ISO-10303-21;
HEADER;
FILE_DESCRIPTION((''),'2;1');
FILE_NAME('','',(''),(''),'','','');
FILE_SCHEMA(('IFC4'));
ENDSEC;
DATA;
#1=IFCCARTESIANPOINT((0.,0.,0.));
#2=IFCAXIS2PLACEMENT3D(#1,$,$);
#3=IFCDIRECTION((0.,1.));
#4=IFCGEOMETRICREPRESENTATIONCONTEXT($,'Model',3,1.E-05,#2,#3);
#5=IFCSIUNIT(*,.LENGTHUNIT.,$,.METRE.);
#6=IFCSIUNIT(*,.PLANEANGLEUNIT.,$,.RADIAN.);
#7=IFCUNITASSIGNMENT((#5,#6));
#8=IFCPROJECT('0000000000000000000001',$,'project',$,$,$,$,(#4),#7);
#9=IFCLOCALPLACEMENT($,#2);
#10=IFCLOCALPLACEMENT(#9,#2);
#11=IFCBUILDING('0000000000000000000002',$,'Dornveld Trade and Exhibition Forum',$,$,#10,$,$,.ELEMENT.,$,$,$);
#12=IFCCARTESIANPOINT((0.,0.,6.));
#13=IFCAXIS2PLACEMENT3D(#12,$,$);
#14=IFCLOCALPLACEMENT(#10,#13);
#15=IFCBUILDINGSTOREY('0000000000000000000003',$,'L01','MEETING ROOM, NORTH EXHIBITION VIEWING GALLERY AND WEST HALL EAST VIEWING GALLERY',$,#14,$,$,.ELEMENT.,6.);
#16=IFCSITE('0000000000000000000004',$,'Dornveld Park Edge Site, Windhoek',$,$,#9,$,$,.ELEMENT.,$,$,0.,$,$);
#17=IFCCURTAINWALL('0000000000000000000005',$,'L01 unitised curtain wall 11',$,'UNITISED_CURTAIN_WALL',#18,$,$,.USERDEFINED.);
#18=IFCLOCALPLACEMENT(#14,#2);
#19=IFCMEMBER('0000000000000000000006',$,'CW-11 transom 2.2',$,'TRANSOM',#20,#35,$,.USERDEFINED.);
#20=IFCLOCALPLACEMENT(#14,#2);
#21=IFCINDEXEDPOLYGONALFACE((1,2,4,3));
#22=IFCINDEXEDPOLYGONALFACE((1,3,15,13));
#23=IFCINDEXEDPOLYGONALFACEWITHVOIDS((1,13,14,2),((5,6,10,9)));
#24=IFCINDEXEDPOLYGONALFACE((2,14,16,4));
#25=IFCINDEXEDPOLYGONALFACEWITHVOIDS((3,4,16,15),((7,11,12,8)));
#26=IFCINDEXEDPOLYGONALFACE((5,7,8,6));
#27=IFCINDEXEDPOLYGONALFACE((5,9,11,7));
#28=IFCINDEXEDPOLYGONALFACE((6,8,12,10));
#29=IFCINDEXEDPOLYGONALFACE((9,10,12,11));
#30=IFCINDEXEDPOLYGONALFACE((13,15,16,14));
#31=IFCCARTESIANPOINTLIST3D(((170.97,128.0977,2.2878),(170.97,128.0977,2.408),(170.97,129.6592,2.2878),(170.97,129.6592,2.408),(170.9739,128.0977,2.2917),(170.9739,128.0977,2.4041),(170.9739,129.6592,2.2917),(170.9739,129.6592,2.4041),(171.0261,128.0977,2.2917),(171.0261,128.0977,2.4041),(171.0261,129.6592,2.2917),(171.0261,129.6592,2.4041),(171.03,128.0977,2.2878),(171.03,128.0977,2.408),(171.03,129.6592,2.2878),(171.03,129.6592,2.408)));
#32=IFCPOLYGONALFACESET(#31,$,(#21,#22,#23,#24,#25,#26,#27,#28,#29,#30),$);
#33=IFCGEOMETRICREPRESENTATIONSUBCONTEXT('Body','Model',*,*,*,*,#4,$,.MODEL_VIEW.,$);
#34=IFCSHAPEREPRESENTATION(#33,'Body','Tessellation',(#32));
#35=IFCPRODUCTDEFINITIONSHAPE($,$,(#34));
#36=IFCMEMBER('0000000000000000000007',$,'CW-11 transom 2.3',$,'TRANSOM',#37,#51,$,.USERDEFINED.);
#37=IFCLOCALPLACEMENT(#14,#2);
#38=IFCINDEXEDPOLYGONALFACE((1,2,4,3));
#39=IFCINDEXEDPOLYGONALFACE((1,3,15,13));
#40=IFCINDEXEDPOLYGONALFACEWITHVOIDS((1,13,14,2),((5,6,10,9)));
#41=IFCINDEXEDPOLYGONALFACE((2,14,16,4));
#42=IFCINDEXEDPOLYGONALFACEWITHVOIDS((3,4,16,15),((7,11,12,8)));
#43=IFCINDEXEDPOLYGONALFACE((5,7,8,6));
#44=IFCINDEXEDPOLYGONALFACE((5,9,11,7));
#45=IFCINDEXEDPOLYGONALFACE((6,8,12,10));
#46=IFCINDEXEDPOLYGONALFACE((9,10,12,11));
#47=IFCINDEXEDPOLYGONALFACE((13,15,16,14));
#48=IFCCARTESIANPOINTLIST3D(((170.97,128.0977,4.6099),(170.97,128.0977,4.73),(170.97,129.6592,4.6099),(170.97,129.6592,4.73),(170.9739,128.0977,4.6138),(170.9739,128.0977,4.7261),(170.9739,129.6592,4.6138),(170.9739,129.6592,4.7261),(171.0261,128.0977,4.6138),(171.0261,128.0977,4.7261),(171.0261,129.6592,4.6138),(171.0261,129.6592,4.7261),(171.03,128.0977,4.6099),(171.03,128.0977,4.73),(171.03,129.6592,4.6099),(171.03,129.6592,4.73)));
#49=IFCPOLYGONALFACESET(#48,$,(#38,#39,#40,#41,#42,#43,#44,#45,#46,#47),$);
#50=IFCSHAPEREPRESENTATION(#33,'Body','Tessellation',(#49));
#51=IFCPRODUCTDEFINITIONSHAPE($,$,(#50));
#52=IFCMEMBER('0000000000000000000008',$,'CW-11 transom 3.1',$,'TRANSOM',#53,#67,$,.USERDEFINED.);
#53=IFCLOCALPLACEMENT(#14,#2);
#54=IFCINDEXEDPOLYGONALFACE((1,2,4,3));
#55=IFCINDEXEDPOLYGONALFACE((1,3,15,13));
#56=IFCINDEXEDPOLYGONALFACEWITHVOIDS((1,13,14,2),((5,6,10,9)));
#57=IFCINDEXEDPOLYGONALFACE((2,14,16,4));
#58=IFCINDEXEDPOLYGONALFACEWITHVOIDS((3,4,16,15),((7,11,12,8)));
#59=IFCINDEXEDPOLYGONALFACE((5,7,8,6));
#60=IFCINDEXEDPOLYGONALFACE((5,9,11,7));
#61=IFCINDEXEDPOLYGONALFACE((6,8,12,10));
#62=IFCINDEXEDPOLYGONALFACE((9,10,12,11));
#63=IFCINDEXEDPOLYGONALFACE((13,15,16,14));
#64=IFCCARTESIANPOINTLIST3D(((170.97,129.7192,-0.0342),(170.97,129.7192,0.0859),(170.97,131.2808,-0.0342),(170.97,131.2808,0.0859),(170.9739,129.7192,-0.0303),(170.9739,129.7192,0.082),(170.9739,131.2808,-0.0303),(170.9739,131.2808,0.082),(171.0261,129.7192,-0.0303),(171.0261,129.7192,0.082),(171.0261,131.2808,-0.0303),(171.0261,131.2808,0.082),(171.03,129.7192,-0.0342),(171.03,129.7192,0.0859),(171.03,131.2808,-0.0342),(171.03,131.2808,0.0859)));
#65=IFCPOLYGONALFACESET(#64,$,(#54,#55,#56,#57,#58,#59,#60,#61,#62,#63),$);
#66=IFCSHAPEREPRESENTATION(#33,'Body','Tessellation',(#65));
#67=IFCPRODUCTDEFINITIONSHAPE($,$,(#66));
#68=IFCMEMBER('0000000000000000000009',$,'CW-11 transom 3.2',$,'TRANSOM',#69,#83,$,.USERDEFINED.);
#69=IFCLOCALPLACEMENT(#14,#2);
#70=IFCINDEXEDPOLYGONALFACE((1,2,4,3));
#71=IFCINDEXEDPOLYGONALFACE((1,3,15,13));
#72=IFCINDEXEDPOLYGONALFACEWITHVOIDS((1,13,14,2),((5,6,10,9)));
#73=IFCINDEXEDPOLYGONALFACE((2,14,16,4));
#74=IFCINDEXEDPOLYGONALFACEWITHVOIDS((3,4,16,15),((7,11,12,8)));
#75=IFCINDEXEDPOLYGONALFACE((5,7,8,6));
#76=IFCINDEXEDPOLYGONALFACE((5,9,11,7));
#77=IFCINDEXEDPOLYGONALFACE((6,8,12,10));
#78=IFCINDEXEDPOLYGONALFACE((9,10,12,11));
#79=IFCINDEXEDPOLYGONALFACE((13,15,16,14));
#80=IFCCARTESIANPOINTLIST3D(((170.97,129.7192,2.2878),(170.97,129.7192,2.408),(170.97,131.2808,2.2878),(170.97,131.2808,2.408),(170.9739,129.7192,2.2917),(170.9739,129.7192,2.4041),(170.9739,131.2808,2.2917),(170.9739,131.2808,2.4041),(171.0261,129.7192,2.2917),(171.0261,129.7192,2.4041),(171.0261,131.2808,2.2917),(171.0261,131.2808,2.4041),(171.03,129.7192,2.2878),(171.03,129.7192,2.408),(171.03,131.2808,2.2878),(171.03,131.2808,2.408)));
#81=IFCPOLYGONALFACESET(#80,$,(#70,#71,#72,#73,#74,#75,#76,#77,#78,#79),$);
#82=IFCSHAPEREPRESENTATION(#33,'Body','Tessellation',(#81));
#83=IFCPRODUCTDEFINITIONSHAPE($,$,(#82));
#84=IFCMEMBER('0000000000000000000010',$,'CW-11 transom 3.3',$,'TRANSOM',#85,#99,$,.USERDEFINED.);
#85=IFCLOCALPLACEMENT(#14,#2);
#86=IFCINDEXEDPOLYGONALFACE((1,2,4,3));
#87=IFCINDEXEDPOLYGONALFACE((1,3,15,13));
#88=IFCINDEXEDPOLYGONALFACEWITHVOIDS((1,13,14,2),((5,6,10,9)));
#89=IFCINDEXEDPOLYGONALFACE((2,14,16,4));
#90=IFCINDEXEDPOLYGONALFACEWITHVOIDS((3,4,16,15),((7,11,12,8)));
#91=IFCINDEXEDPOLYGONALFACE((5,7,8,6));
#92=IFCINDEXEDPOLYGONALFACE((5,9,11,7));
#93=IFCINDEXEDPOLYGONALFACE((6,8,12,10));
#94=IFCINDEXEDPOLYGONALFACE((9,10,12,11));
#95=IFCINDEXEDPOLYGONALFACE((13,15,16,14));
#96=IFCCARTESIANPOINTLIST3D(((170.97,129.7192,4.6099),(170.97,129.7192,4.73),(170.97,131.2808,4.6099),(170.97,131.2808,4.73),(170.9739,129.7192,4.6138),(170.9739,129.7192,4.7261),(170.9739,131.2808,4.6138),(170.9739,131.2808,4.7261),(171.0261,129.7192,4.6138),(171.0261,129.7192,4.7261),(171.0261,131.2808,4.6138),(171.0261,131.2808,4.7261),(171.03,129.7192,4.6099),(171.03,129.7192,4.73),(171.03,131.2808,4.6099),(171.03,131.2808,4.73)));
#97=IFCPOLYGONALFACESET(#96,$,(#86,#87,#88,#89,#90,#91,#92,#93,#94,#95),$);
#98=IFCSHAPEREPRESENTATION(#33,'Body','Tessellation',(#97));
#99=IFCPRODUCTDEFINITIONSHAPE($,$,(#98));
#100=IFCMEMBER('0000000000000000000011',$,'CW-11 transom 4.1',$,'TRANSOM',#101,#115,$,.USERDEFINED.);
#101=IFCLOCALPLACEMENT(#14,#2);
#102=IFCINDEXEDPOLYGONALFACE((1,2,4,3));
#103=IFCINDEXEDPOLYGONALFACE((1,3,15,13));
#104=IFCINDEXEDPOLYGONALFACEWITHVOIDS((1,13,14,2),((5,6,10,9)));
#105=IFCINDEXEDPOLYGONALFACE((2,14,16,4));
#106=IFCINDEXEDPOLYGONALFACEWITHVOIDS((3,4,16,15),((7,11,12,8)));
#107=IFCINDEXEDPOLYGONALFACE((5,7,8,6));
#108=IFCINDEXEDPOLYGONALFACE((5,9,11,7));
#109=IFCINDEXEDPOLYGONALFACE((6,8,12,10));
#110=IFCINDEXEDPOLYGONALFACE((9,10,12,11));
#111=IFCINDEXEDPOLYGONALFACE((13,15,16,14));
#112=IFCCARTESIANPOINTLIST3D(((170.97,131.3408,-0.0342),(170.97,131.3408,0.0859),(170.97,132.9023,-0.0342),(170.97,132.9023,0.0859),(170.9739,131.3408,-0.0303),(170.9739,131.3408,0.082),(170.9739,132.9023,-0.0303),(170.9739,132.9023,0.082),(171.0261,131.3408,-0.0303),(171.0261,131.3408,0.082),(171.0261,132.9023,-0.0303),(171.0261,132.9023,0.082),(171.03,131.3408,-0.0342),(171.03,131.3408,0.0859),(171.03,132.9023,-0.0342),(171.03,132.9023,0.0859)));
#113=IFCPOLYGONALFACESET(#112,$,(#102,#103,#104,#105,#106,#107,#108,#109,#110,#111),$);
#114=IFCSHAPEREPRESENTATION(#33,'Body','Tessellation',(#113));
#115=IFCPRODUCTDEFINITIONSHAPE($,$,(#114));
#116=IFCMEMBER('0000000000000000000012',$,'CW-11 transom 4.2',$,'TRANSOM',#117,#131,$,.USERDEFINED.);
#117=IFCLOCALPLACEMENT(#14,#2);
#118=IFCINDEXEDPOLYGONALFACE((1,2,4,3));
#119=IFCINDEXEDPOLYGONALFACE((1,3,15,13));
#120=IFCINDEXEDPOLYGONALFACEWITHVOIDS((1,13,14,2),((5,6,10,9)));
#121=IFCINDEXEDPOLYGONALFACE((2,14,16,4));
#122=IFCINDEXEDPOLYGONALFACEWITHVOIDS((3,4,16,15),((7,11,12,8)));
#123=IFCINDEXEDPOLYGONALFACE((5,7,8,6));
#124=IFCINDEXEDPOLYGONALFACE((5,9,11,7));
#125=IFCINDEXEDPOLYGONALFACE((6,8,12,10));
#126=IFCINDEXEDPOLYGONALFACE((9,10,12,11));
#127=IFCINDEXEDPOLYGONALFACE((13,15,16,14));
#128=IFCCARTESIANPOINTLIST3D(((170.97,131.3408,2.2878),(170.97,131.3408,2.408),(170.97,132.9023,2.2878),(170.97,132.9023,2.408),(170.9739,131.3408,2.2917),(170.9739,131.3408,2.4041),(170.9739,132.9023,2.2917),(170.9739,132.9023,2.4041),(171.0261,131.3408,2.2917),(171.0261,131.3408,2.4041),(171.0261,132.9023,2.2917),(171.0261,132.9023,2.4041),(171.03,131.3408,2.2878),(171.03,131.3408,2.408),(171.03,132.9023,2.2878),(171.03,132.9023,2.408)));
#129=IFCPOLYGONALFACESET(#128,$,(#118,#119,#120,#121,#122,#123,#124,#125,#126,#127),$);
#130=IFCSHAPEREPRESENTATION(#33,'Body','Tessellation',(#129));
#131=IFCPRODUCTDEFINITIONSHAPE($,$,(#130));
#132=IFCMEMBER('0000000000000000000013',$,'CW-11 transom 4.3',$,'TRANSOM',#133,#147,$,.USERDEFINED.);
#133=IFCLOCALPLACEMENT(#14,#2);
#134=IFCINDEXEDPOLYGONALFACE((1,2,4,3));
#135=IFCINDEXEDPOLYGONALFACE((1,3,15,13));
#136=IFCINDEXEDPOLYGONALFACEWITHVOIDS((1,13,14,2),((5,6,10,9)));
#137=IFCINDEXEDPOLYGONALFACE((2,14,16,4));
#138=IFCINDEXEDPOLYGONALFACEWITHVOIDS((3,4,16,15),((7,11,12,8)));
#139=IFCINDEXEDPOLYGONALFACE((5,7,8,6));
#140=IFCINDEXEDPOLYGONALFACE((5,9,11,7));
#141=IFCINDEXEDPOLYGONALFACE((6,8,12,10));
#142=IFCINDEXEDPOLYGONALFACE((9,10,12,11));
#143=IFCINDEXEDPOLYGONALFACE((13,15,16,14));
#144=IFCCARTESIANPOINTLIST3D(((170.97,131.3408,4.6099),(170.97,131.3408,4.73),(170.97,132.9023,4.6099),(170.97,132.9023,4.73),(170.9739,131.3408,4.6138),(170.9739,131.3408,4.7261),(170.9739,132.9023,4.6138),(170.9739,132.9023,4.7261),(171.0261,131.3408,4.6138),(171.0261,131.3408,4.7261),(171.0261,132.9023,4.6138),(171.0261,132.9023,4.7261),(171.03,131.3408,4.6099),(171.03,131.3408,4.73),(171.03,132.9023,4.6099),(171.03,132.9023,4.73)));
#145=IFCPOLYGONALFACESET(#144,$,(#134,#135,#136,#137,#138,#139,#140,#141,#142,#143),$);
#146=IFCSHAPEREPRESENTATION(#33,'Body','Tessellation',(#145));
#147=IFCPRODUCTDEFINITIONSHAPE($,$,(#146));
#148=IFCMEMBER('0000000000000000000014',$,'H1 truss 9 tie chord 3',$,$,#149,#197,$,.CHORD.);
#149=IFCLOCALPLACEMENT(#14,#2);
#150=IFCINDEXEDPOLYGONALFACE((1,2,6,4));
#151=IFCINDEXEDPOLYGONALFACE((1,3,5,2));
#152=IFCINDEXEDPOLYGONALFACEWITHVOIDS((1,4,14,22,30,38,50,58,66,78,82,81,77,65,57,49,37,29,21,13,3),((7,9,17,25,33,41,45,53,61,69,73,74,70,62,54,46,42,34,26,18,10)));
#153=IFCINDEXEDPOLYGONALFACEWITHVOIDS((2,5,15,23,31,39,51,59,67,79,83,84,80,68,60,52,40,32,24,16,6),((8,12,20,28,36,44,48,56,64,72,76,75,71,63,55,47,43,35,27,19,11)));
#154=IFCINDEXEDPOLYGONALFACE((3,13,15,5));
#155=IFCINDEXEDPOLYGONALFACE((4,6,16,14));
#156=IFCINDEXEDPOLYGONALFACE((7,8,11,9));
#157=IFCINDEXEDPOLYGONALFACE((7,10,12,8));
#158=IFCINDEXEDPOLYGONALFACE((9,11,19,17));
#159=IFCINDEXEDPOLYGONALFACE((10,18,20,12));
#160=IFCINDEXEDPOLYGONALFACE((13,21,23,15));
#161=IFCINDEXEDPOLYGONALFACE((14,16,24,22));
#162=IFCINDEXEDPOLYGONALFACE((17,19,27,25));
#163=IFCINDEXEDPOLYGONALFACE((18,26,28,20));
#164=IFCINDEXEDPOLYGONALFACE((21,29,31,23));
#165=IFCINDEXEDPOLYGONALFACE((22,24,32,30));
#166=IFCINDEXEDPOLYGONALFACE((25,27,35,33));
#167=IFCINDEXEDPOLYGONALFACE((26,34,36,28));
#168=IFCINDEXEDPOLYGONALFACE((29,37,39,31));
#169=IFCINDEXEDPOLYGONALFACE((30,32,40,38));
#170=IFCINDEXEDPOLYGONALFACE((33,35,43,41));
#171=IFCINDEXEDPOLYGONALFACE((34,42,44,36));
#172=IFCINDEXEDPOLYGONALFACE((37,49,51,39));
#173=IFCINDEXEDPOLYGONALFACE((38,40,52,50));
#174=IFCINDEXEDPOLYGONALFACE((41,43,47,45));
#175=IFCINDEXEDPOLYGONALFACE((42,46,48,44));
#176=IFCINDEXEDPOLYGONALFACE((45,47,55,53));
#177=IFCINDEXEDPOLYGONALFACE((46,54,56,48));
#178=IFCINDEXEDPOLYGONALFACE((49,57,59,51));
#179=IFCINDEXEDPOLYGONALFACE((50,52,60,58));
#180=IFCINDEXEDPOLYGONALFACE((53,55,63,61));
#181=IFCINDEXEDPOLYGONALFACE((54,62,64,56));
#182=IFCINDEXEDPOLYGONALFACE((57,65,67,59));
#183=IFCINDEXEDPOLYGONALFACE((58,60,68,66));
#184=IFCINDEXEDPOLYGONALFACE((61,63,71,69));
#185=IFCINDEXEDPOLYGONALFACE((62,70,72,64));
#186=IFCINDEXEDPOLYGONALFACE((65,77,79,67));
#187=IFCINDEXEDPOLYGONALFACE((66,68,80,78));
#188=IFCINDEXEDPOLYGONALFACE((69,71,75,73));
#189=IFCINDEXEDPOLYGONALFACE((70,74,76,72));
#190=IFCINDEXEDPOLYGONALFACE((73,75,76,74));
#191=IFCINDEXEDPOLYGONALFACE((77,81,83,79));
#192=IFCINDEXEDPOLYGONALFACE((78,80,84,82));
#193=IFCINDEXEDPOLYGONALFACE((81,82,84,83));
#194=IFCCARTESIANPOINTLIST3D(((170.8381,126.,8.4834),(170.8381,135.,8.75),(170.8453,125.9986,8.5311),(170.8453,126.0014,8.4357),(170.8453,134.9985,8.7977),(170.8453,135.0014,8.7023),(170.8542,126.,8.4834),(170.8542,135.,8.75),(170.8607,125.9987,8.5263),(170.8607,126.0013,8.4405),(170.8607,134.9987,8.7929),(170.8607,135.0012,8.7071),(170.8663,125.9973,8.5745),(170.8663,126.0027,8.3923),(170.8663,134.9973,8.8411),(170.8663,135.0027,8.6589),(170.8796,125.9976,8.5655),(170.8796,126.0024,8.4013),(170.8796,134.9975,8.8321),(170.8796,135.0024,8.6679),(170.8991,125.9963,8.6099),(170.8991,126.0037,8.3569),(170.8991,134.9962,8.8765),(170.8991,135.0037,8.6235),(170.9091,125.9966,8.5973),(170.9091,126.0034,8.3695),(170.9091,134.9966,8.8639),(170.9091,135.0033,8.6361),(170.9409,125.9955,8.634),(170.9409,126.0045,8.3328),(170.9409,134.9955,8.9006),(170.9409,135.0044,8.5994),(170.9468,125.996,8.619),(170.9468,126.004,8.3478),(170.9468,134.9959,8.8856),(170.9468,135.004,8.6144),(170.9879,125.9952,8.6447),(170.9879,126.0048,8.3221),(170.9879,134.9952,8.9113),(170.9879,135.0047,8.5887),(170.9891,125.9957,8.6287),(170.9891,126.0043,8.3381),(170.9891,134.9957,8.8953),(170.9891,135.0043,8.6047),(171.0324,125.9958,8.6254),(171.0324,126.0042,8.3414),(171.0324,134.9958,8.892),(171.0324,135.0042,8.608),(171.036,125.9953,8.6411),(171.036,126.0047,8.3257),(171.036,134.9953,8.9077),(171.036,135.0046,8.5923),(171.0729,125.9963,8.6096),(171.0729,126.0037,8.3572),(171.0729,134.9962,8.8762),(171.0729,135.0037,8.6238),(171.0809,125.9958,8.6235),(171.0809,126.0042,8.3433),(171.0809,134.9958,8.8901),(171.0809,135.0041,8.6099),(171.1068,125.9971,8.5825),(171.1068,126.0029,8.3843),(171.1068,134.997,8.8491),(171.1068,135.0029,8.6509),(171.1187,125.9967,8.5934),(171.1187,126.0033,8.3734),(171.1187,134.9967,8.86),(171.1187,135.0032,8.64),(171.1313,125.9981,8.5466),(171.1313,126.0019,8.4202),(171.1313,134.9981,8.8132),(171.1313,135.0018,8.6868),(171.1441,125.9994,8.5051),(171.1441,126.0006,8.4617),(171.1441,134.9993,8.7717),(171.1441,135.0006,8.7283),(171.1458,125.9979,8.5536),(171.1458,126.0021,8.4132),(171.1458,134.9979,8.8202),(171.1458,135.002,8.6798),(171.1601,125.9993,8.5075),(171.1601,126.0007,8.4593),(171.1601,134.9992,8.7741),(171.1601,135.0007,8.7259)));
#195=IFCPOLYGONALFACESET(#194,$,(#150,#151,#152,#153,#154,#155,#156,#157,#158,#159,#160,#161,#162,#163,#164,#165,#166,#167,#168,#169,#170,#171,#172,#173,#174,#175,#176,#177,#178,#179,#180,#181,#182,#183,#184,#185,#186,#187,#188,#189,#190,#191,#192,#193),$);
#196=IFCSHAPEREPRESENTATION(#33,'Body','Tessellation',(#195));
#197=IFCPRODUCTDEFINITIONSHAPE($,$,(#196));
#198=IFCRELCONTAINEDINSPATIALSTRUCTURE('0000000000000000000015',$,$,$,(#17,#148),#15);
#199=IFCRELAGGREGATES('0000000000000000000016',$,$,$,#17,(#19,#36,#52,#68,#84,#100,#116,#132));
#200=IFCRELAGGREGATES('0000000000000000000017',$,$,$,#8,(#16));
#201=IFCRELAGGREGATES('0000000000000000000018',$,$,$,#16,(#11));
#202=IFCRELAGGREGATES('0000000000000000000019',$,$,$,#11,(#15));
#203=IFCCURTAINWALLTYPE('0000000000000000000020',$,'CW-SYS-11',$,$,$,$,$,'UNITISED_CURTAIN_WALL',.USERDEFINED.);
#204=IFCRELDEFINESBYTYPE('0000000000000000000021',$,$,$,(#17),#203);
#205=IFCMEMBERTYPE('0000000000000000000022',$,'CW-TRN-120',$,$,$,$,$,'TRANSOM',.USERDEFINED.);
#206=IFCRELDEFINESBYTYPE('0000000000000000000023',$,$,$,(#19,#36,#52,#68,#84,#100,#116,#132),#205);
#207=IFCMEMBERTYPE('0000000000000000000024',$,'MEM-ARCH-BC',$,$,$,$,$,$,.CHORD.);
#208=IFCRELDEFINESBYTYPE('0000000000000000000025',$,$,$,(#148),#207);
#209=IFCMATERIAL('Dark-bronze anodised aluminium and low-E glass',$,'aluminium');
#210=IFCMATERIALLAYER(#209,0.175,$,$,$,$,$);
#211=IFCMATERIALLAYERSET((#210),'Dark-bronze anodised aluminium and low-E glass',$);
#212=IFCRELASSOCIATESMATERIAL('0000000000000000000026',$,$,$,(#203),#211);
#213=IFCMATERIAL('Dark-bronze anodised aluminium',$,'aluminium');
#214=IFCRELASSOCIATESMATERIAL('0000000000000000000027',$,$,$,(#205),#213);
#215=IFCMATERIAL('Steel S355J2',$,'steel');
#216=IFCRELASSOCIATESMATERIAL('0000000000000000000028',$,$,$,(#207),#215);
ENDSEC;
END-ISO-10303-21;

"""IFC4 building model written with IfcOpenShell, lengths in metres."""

from ifc_helpers import new_model, si_unit, direction, frame, origin, origin_2d, place, context, subcontext, project, spatial, hollow_rectangle, hollow_circle, extrude, material, layer, layer_set, material_profile, profile_set, type_object, element, aggregate, save


model = new_model("IFC4")

# Units and contexts
model_context = context("Model", 3, precision=1e-05, world=origin(), true_north=direction((0.0, 1.0)))
body_context = subcontext(model_context, "Body", "Model", "MODEL_VIEW")
ifc_project = project(units=[si_unit("LENGTHUNIT", "METRE"), si_unit("PLANEANGLEUNIT", "RADIAN")], contexts=[model_context])

# Site, building, storey
site_placement = place(None, origin())
site = spatial("IfcSite", under=ifc_project, at=site_placement, Name="Dornveld Park Edge Site, Windhoek", CompositionType="ELEMENT", RefElevation=0.0)
building_placement = place(site_placement, origin())
building = spatial("IfcBuilding", under=site, at=building_placement, Name="Dornveld Trade and Exhibition Forum", CompositionType="ELEMENT")
storey_placement = place(building_placement, frame((0.0, 0.0, 6.0)))
storey = spatial("IfcBuildingStorey", under=building, at=storey_placement, Name="L01", Description="MEETING ROOM, NORTH EXHIBITION VIEWING GALLERY AND WEST HALL EAST VIEWING GALLERY", CompositionType="ELEMENT", Elevation=6.0)

# Curtain wall, members
ifc_material_1 = material(Name="Dark-bronze anodised aluminium and low-E glass", Category="aluminium")
ifc_layer_1 = layer(ifc_material_1, 0.175)
ifc_layer_set_1 = layer_set([ifc_layer_1], Name="Dark-bronze anodised aluminium and low-E glass")
curtain_wall_type = type_object("IfcCurtainWallType", Name="CW-SYS-11", ElementType="UNITISED_CURTAIN_WALL", PredefinedType="USERDEFINED", material=ifc_layer_set_1)
curtain_wall_placement = place(storey_placement, origin())
curtain_wall = element("IfcCurtainWall", 1, at=curtain_wall_placement, inside=storey, type_object=curtain_wall_type, Name="L01 unitised curtain wall 11", ObjectType="UNITISED_CURTAIN_WALL", PredefinedType="USERDEFINED")
ifc_material_2 = material(Name="Dark-bronze anodised aluminium", Category="aluminium")
ifc_material_profile_1 = material_profile(ifc_material_2, hollow_rectangle(XDim=0.0601, YDim=0.1201, WallThickness=0.0039, at=origin_2d()), Name="RHS 120x60x4")
ifc_profile_set_1 = profile_set([ifc_material_profile_1], Name="Dark-bronze anodised aluminium")
member_type_1 = type_object("IfcMemberType", Name="CW-TRN-120", ElementType="TRANSOM", PredefinedType="USERDEFINED", material=ifc_profile_set_1)
member_1_placement = place(storey_placement, frame((171.0, 128.0977, 2.3479), z_axis=(0.0, 1.0, 0.0), x_axis=(-1.0, 0.0, 0.0)))
member_1 = element("IfcMember", 2, at=member_1_placement, type_object=member_type_1, Name="CW-11 transom 2.2", ObjectType="TRANSOM", PredefinedType="USERDEFINED", context=body_context, shape_type="SweptSolid", body=[
    extrude(hollow_rectangle(XDim=0.0601, YDim=0.1201, WallThickness=0.0039, at=origin_2d()), origin(), (0.0, 0.0, 1.0), 1.5615),
])
member_2_placement = place(storey_placement, frame((171.0, 128.0977, 4.6699), z_axis=(0.0, 1.0, 0.0), x_axis=(-1.0, 0.0, 0.0)))
member_2 = element("IfcMember", 3, at=member_2_placement, type_object=member_type_1, Name="CW-11 transom 2.3", ObjectType="TRANSOM", PredefinedType="USERDEFINED", context=body_context, shape_type="SweptSolid", body=[
    extrude(hollow_rectangle(XDim=0.0601, YDim=0.1201, WallThickness=0.0039, at=origin_2d()), origin(), (0.0, 0.0, 1.0), 1.5615),
])
member_3_placement = place(storey_placement, frame((171.0, 129.7192, 0.0259), z_axis=(0.0, 1.0, 0.0), x_axis=(-1.0, 0.0, 0.0)))
member_3 = element("IfcMember", 4, at=member_3_placement, type_object=member_type_1, Name="CW-11 transom 3.1", ObjectType="TRANSOM", PredefinedType="USERDEFINED", context=body_context, shape_type="SweptSolid", body=[
    extrude(hollow_rectangle(XDim=0.0601, YDim=0.1201, WallThickness=0.0039, at=origin_2d()), origin(), (0.0, 0.0, 1.0), 1.5615),
])
member_4_placement = place(storey_placement, frame((171.0, 129.7192, 2.3479), z_axis=(0.0, 1.0, 0.0), x_axis=(-1.0, 0.0, 0.0)))
member_4 = element("IfcMember", 5, at=member_4_placement, type_object=member_type_1, Name="CW-11 transom 3.2", ObjectType="TRANSOM", PredefinedType="USERDEFINED", context=body_context, shape_type="SweptSolid", body=[
    extrude(hollow_rectangle(XDim=0.0601, YDim=0.1201, WallThickness=0.0039, at=origin_2d()), origin(), (0.0, 0.0, 1.0), 1.5615),
])
member_5_placement = place(storey_placement, frame((171.0, 129.7192, 4.6699), z_axis=(0.0, 1.0, 0.0), x_axis=(-1.0, 0.0, 0.0)))
member_5 = element("IfcMember", 6, at=member_5_placement, type_object=member_type_1, Name="CW-11 transom 3.3", ObjectType="TRANSOM", PredefinedType="USERDEFINED", context=body_context, shape_type="SweptSolid", body=[
    extrude(hollow_rectangle(XDim=0.0601, YDim=0.1201, WallThickness=0.0039, at=origin_2d()), origin(), (0.0, 0.0, 1.0), 1.5615),
])
member_6_placement = place(storey_placement, frame((171.0, 131.3408, 0.0259), z_axis=(0.0, 1.0, 0.0), x_axis=(-1.0, 0.0, 0.0)))
member_6 = element("IfcMember", 7, at=member_6_placement, type_object=member_type_1, Name="CW-11 transom 4.1", ObjectType="TRANSOM", PredefinedType="USERDEFINED", context=body_context, shape_type="SweptSolid", body=[
    extrude(hollow_rectangle(XDim=0.0601, YDim=0.1201, WallThickness=0.0039, at=origin_2d()), origin(), (0.0, 0.0, 1.0), 1.5615),
])
member_7_placement = place(storey_placement, frame((171.0, 131.3408, 2.3479), z_axis=(0.0, 1.0, 0.0), x_axis=(-1.0, 0.0, 0.0)))
member_7 = element("IfcMember", 8, at=member_7_placement, type_object=member_type_1, Name="CW-11 transom 4.2", ObjectType="TRANSOM", PredefinedType="USERDEFINED", context=body_context, shape_type="SweptSolid", body=[
    extrude(hollow_rectangle(XDim=0.0601, YDim=0.1201, WallThickness=0.0039, at=origin_2d()), origin(), (0.0, 0.0, 1.0), 1.5615),
])
member_8_placement = place(storey_placement, frame((171.0, 131.3408, 4.6699), z_axis=(0.0, 1.0, 0.0), x_axis=(-1.0, 0.0, 0.0)))
member_8 = element("IfcMember", 9, at=member_8_placement, type_object=member_type_1, Name="CW-11 transom 4.3", ObjectType="TRANSOM", PredefinedType="USERDEFINED", context=body_context, shape_type="SweptSolid", body=[
    extrude(hollow_rectangle(XDim=0.0601, YDim=0.1201, WallThickness=0.0039, at=origin_2d()), origin(), (0.0, 0.0, 1.0), 1.5615),
])

# Member
ifc_material_3 = material(Name="Steel S355J2", Category="steel")
ifc_material_profile_2 = material_profile(ifc_material_3, hollow_circle(Radius=0.1619, WallThickness=0.0161, at=origin_2d()), Name="CHS 323.9x16")
ifc_profile_set_2 = profile_set([ifc_material_profile_2], Name="Steel S355J2")
member_type_2 = type_object("IfcMemberType", Name="MEM-ARCH-BC", PredefinedType="CHORD", material=ifc_profile_set_2)
member_9_placement = place(storey_placement, frame((171.0, 126.0, 8.4834), z_axis=(0.0, 0.999562, 0.029609), x_axis=(-1.0, 0.0, 0.0)))
element("IfcMember", 10, at=member_9_placement, inside=storey, type_object=member_type_2, Name="H1 truss 9 tie chord 3", PredefinedType="CHORD", context=body_context, shape_type="SweptSolid", body=[
    extrude(hollow_circle(Radius=0.1619, WallThickness=0.0161, at=origin_2d()), origin(), (0.0, 0.0, 1.0), 9.0039),
])

aggregate(curtain_wall, [member_1, member_2, member_3, member_4, member_5, member_6, member_7, member_8])

save(model, "model.ifc")
